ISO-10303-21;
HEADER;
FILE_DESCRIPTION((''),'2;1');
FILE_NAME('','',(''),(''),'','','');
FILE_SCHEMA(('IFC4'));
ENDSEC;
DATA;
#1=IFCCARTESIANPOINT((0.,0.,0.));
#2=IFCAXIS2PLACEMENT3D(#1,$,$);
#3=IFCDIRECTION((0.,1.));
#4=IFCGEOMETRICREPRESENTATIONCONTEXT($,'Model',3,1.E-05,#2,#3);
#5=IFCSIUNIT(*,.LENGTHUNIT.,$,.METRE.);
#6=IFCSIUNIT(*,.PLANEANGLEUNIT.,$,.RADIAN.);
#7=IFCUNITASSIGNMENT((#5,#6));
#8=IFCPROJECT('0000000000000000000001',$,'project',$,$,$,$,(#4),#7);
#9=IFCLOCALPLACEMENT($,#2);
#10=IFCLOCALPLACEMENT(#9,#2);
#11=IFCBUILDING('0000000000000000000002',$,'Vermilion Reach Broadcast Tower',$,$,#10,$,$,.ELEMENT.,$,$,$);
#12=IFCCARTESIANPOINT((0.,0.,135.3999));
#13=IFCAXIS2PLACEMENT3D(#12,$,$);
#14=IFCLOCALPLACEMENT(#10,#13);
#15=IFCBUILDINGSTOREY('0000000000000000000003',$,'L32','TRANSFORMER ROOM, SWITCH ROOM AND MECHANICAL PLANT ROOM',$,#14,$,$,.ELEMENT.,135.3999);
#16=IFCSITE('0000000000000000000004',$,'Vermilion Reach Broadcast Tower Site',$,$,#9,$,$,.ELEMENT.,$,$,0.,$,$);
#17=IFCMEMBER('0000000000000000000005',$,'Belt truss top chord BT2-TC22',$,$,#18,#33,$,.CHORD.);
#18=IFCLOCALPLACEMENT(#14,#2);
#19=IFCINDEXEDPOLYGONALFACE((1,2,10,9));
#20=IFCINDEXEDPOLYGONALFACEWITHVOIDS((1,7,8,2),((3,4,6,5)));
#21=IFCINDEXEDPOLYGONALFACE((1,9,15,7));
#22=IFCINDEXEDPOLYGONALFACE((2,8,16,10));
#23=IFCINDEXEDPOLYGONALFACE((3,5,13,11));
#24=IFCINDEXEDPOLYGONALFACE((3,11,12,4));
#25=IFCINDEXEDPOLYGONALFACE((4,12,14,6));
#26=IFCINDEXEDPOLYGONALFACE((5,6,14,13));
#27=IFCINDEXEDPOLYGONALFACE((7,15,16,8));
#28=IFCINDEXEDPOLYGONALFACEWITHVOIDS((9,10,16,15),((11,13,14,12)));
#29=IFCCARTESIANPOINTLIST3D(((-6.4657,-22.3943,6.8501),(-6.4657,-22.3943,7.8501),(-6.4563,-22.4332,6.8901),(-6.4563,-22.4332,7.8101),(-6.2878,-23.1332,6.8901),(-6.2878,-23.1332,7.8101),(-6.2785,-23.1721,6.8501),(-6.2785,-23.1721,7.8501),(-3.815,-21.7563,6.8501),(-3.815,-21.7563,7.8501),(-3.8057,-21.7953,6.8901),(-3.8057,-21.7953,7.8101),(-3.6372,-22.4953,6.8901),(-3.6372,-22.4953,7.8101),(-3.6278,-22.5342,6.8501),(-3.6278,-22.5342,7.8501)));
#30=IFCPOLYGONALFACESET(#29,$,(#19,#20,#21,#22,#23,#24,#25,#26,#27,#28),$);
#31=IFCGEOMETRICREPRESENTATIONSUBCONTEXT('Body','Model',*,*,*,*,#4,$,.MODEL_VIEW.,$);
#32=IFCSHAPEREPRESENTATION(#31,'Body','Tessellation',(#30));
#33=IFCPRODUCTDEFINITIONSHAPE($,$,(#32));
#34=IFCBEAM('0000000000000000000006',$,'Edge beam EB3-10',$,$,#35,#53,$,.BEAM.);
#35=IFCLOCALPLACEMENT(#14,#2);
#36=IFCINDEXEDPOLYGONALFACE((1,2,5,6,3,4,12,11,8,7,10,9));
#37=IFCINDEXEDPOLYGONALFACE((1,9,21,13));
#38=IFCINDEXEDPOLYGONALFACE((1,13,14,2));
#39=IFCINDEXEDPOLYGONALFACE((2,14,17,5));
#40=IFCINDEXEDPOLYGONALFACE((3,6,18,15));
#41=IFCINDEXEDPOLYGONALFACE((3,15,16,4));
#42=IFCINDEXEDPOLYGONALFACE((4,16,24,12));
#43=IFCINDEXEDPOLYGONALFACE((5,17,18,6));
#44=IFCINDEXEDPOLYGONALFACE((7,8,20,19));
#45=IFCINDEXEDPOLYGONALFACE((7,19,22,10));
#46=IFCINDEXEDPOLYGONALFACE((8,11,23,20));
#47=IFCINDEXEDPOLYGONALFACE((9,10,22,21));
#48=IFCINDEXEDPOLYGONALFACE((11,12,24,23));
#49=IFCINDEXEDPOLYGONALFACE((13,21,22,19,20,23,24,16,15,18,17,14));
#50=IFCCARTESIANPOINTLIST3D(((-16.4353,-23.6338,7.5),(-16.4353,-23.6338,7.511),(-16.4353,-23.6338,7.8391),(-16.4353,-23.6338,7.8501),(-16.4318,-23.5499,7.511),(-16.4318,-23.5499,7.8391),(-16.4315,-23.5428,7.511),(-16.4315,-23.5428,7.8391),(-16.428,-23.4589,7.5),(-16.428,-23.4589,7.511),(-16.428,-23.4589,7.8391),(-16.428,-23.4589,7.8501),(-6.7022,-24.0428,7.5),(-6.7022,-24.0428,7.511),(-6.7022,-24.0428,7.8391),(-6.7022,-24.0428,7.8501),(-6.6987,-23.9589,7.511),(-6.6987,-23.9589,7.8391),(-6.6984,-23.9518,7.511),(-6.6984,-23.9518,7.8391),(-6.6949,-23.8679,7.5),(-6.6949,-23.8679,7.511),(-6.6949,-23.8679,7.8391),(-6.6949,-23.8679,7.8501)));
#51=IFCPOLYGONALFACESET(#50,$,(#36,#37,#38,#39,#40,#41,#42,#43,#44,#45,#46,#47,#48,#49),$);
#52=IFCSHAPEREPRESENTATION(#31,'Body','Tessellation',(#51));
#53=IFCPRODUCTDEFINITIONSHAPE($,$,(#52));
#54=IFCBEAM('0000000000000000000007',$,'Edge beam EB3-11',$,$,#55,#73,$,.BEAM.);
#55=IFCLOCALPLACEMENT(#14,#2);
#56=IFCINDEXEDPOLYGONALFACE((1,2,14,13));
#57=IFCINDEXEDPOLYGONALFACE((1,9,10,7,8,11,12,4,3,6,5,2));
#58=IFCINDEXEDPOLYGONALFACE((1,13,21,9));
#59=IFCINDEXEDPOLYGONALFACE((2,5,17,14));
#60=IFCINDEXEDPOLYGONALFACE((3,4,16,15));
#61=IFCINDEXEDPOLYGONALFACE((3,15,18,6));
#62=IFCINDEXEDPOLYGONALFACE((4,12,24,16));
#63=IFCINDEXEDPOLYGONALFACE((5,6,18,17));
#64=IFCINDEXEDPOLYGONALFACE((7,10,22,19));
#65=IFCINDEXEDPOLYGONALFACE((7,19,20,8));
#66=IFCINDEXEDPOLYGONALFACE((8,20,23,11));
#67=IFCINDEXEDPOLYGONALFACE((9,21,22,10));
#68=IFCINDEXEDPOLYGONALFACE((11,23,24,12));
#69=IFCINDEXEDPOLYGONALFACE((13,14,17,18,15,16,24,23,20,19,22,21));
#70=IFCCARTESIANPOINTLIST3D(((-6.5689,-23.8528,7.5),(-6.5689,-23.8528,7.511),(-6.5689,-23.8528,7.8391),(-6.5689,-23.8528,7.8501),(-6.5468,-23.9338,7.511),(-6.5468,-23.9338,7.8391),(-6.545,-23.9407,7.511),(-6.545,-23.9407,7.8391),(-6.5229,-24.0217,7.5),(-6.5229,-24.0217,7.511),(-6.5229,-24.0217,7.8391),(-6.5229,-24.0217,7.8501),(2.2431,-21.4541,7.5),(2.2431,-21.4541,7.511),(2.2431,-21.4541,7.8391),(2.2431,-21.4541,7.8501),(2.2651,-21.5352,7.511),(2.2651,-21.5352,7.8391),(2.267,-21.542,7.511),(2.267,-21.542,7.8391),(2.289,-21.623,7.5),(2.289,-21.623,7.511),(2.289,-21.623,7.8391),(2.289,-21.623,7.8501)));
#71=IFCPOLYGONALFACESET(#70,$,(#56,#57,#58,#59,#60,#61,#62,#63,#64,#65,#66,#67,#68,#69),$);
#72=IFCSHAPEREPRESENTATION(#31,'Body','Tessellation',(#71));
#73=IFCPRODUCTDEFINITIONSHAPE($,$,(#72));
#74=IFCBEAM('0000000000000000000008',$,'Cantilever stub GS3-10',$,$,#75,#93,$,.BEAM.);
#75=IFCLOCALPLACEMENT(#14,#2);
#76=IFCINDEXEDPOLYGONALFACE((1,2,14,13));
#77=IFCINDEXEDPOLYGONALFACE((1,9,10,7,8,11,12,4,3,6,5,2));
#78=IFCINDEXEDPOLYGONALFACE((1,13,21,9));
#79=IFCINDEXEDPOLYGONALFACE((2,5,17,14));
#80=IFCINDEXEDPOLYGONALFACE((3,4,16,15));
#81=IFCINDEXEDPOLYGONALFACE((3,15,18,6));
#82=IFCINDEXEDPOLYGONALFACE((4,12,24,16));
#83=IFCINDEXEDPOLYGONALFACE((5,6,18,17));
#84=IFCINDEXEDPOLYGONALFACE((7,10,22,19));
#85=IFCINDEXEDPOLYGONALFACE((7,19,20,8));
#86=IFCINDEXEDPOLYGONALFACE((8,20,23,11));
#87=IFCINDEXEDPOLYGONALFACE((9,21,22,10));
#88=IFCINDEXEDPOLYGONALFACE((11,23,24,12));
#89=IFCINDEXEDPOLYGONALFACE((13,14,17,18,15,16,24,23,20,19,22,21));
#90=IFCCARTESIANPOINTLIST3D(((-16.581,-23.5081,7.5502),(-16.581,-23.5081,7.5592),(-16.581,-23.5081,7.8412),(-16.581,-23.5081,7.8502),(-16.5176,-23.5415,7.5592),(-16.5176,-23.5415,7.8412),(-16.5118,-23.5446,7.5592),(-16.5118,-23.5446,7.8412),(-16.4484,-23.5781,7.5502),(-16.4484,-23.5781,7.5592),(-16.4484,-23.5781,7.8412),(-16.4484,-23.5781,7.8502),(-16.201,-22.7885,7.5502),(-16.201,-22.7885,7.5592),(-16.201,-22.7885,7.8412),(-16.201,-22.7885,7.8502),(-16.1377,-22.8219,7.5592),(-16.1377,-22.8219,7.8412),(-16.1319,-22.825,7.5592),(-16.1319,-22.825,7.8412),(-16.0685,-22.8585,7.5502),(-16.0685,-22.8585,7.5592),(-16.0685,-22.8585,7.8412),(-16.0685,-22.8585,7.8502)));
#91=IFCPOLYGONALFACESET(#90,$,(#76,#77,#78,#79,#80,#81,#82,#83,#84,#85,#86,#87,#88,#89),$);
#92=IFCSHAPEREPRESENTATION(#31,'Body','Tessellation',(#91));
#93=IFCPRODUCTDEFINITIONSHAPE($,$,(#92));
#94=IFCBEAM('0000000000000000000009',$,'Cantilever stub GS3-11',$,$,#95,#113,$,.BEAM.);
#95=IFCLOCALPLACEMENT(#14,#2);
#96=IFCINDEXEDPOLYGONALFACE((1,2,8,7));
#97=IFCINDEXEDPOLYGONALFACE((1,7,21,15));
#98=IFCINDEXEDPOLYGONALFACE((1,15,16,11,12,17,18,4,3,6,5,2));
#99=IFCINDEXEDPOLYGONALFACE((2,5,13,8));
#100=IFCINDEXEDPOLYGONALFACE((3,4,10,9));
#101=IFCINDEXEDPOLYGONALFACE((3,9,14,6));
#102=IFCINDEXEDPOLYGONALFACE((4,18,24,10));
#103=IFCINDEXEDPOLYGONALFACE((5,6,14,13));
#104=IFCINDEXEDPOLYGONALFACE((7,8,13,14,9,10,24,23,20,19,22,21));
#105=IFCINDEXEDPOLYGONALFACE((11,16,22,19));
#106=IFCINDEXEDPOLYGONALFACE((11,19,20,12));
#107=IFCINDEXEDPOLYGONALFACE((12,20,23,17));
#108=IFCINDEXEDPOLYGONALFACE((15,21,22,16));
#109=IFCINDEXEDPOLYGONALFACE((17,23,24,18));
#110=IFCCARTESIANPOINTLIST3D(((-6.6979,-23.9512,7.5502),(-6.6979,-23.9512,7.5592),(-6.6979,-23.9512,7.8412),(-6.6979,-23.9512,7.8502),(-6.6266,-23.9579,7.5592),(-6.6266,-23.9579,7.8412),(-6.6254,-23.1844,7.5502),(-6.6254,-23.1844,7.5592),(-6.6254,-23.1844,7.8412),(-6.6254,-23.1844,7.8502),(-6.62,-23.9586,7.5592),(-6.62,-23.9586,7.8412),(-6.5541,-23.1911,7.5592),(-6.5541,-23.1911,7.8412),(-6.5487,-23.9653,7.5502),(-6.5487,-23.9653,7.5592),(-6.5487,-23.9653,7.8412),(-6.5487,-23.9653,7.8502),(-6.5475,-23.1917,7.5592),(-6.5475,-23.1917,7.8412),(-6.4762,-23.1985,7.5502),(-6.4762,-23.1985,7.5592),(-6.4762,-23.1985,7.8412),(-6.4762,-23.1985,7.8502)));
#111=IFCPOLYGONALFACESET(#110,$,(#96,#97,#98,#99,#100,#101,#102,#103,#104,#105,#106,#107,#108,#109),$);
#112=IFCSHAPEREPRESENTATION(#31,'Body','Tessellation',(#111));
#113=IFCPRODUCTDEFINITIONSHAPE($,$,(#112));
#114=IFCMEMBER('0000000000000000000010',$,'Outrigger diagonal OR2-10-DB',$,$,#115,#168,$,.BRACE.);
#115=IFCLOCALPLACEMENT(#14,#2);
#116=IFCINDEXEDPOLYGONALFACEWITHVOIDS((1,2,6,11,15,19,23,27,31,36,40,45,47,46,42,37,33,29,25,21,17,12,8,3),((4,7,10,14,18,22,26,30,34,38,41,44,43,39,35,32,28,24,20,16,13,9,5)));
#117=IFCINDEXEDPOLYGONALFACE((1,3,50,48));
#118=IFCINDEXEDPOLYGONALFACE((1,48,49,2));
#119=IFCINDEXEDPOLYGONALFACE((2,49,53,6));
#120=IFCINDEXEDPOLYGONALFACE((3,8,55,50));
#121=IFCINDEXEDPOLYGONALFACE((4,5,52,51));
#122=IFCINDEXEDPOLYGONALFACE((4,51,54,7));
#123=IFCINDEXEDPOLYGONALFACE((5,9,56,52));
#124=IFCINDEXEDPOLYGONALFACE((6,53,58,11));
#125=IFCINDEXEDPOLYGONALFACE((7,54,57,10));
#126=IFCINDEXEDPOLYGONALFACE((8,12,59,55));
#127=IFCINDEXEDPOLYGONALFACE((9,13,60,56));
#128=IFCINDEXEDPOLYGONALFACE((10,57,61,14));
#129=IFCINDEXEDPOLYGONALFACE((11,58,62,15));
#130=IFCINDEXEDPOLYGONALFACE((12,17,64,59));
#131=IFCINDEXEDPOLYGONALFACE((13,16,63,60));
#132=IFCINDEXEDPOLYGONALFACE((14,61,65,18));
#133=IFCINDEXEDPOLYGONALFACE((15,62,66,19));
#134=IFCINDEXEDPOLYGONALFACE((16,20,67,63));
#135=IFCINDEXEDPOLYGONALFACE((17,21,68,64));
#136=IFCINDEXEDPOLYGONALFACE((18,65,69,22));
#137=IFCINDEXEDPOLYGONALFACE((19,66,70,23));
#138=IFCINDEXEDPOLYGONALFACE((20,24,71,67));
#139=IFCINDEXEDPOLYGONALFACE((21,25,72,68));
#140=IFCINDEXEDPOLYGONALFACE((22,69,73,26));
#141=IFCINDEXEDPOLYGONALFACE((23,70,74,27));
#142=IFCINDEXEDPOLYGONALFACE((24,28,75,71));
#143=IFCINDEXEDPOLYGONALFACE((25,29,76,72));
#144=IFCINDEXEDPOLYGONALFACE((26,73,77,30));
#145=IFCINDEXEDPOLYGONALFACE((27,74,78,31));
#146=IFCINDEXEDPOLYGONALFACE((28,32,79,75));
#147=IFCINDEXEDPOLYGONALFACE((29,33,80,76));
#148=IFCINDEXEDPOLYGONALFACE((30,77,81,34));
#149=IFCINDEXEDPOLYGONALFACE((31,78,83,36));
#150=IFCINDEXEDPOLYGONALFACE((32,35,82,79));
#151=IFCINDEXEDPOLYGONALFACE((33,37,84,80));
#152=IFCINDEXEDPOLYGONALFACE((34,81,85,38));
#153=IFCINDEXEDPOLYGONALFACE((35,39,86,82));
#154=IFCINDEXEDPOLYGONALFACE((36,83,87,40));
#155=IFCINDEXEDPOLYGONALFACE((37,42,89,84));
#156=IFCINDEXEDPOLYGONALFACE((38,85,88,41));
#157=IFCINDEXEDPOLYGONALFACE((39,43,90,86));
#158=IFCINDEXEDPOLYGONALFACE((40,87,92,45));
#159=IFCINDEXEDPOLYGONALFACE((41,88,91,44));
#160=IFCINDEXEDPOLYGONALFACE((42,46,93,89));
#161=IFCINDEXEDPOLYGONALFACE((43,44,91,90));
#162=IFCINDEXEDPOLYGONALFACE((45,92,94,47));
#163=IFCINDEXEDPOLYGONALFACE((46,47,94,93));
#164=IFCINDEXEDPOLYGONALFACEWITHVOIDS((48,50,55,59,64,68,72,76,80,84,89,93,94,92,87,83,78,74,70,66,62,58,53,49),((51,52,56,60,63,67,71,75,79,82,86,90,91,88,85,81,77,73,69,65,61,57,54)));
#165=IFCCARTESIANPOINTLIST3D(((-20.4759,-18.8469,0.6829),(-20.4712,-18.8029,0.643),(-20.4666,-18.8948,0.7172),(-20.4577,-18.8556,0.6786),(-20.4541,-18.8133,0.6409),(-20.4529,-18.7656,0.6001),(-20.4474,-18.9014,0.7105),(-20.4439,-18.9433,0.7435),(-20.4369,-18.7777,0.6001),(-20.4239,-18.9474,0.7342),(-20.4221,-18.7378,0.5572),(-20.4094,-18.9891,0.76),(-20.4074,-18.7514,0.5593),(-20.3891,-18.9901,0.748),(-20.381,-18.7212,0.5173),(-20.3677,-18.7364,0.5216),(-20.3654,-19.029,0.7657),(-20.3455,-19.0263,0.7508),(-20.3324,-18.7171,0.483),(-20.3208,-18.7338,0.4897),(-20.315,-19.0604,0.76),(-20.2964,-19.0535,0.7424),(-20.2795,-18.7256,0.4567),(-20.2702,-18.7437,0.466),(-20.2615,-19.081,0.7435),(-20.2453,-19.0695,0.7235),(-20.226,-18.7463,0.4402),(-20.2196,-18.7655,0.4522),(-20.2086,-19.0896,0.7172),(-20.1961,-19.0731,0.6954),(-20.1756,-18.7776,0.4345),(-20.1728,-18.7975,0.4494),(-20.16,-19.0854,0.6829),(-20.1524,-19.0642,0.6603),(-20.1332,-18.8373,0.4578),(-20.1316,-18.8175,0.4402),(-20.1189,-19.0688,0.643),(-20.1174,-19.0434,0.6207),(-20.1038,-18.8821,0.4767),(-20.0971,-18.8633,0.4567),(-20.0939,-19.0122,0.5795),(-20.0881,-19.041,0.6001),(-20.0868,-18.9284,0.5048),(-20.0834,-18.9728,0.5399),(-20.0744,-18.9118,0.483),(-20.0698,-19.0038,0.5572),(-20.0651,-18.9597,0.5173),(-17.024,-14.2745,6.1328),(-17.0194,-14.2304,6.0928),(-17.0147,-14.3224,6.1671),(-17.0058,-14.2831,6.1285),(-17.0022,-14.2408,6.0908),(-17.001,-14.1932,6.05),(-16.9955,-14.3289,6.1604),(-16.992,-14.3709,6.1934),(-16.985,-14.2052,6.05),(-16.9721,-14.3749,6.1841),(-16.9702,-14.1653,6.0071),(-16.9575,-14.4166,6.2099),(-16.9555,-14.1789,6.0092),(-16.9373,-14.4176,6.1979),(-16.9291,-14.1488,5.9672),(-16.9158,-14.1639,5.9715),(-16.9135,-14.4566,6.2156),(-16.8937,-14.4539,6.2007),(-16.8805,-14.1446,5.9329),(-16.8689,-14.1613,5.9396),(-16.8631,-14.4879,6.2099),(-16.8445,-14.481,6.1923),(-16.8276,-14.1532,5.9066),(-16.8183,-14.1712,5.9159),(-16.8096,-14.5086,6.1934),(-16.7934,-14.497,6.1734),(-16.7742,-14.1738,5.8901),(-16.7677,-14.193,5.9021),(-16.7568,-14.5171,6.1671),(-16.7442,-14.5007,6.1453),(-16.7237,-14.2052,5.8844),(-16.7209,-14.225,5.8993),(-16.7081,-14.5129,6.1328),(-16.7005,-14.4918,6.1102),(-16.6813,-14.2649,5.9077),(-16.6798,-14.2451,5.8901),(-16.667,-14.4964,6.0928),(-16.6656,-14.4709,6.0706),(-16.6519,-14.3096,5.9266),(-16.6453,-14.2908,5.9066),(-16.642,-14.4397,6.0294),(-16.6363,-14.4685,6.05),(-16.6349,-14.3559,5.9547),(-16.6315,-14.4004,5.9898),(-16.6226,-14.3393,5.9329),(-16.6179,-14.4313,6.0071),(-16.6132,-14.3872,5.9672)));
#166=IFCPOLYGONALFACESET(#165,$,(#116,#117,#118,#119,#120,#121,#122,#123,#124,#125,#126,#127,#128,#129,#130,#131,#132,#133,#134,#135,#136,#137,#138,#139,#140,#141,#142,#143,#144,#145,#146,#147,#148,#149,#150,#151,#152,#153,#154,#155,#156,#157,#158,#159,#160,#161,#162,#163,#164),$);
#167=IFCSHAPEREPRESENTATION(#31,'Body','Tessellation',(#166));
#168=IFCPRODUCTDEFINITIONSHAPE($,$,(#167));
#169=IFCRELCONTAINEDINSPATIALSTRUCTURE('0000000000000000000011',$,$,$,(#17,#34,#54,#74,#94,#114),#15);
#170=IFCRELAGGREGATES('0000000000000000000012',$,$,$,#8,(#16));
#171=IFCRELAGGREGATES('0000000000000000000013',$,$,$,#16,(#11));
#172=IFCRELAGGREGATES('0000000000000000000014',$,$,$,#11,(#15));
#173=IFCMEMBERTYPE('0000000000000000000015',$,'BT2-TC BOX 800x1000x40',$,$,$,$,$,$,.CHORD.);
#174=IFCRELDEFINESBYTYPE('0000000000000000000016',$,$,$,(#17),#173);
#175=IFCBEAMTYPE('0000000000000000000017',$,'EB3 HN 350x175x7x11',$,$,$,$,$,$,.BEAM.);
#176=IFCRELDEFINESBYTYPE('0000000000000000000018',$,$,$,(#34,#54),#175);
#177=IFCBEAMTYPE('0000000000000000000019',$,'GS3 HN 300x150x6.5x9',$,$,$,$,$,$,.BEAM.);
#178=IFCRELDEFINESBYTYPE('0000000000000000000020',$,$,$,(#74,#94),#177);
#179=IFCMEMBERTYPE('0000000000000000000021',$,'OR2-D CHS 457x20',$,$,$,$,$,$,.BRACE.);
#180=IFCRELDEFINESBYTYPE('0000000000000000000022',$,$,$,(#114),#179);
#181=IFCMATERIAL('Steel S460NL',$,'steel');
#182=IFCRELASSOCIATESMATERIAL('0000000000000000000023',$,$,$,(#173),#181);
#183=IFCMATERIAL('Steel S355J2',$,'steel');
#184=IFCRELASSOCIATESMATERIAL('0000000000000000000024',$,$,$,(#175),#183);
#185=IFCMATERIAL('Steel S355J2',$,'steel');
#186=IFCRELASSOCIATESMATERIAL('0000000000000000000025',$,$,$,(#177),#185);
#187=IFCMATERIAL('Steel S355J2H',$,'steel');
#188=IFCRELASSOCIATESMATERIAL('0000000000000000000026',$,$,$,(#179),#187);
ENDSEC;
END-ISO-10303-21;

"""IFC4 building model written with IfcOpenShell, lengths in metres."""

from ifc_helpers import new_model, si_unit, direction, frame, origin, origin_2d, place, context, subcontext, project, spatial, hollow_rectangle, hollow_circle, i_section, extrude, material, material_profile, profile_set, type_object, element, save


model = new_model("IFC4")

# Units and contexts
model_context = context("Model", 3, precision=1e-05, world=origin(), true_north=direction((0.0, 1.0)))
body_context = subcontext(model_context, "Body", "Model", "MODEL_VIEW")
ifc_project = project(units=[si_unit("LENGTHUNIT", "METRE"), si_unit("PLANEANGLEUNIT", "RADIAN")], contexts=[model_context])

# Site, building, storey
site_placement = place(None, origin())
site = spatial("IfcSite", under=ifc_project, at=site_placement, Name="Vermilion Reach Broadcast Tower Site", CompositionType="ELEMENT", RefElevation=0.0)
building_placement = place(site_placement, origin())
building = spatial("IfcBuilding", under=site, at=building_placement, Name="Vermilion Reach Broadcast Tower", CompositionType="ELEMENT")
storey_placement = place(building_placement, frame((0.0, 0.0, 135.3999)))
storey = spatial("IfcBuildingStorey", under=building, at=storey_placement, Name="L32", Description="TRANSFORMER ROOM, SWITCH ROOM AND MECHANICAL PLANT ROOM", CompositionType="ELEMENT", Elevation=135.3999)

# Member
ifc_material_1 = material(Name="Steel S460NL", Category="steel")
ifc_material_profile_1 = material_profile(ifc_material_1, hollow_rectangle(XDim=0.8, YDim=1.0, WallThickness=0.04, at=origin_2d()), Name="S460NL BOX 800x1000x40")
ifc_profile_set_1 = profile_set([ifc_material_profile_1], Name="Steel S460NL")
member_type_1 = type_object("IfcMemberType", Name="BT2-TC BOX 800x1000x40", PredefinedType="CHORD", material=ifc_profile_set_1)
member_1_placement = place(storey_placement, frame((-6.3721, -22.7832, 7.3501), z_axis=(0.972238, 0.233993, 0.0), x_axis=(-0.233993, 0.972238, 0.0)))
element("IfcMember", 1, at=member_1_placement, inside=storey, type_object=member_type_1, Name="Belt truss top chord BT2-TC22", PredefinedType="CHORD", context=body_context, shape_type="SweptSolid", body=[
    extrude(hollow_rectangle(XDim=0.8, YDim=1.0, WallThickness=0.04, at=origin_2d()), origin(), (0.0, 0.0, 1.0), 2.7263),
])

# Beams
ifc_material_2 = material(Name="Steel S355J2", Category="steel")
ifc_material_profile_2 = material_profile(ifc_material_2, i_section(OverallWidth=0.175, OverallDepth=0.3501, WebThickness=0.0071, FlangeThickness=0.011, at=origin_2d()), Name="S355J2 HN 350x175x7x11")
ifc_profile_set_2 = profile_set([ifc_material_profile_2], Name="Steel S355J2")
beam_type_1 = type_object("IfcBeamType", Name="EB3 HN 350x175x7x11", PredefinedType="BEAM", material=ifc_profile_set_2)
beam_1_placement = place(storey_placement, frame((-16.4316, -23.5464, 7.675), z_axis=(0.999119, -0.041978, 0.0), x_axis=(0.041978, 0.999119, 0.0)))
element("IfcBeam", 2, at=beam_1_placement, inside=storey, type_object=beam_type_1, Name="Edge beam EB3-10", PredefinedType="BEAM", context=body_context, shape_type="SweptSolid", body=[
    extrude(i_section(OverallWidth=0.175, OverallDepth=0.3501, WebThickness=0.0071, FlangeThickness=0.011, at=origin_2d()), origin(), (0.0, 0.0, 1.0), 9.7417),
])
beam_2_placement = place(storey_placement, frame((-6.5459, -23.9373, 7.675), z_axis=(0.964891, 0.262649, 0.0), x_axis=(-0.262649, 0.964891, 0.0)))
element("IfcBeam", 3, at=beam_2_placement, inside=storey, type_object=beam_type_1, Name="Edge beam EB3-11", PredefinedType="BEAM", context=body_context, shape_type="SweptSolid", body=[
    extrude(i_section(OverallWidth=0.175, OverallDepth=0.3501, WebThickness=0.0071, FlangeThickness=0.011, at=origin_2d()), origin(), (0.0, 0.0, 1.0), 9.1326),
])
ifc_material_3 = material(Name="Steel S355J2", Category="steel")
ifc_material_profile_3 = material_profile(ifc_material_3, i_section(OverallWidth=0.1499, OverallDepth=0.3, WebThickness=0.0066, FlangeThickness=0.009, at=origin_2d()), Name="S355J2 HN 300x150x6.5x9")
ifc_profile_set_3 = profile_set([ifc_material_profile_3], Name="Steel S355J2")
beam_type_2 = type_object("IfcBeamType", Name="GS3 HN 300x150x6.5x9", PredefinedType="BEAM", material=ifc_profile_set_3)
beam_3_placement = place(storey_placement, frame((-16.1348, -22.8235, 7.7002), z_axis=(-0.466909, -0.884306, 0.0), x_axis=(0.884306, -0.466909, 0.0)))
element("IfcBeam", 4, at=beam_3_placement, inside=storey, type_object=beam_type_2, Name="Cantilever stub GS3-10", PredefinedType="BEAM", context=body_context, shape_type="SweptSolid", body=[
    extrude(i_section(OverallWidth=0.1499, OverallDepth=0.3, WebThickness=0.0066, FlangeThickness=0.009, at=origin_2d()), origin(), (0.0, 0.0, 1.0), 0.8137),
])
beam_4_placement = place(storey_placement, frame((-6.5508, -23.1914, 7.7002), z_axis=(-0.094136, -0.995559, 0.0), x_axis=(0.995559, -0.094136, 0.0)))
element("IfcBeam", 5, at=beam_4_placement, inside=storey, type_object=beam_type_2, Name="Cantilever stub GS3-11", PredefinedType="BEAM", context=body_context, shape_type="SweptSolid", body=[
    extrude(i_section(OverallWidth=0.1499, OverallDepth=0.3, WebThickness=0.0066, FlangeThickness=0.009, at=origin_2d()), origin(), (0.0, 0.0, 1.0), 0.7703),
])

# Member
ifc_material_4 = material(Name="Steel S355J2H", Category="steel")
ifc_material_profile_4 = material_profile(ifc_material_4, hollow_circle(Radius=0.2285, WallThickness=0.02, at=origin_2d()), Name="S355J2H CHS 457x20")
ifc_profile_set_4 = profile_set([ifc_material_profile_4], Name="Steel S355J2H")
member_type_2 = type_object("IfcMemberType", Name="OR2-D CHS 457x20", PredefinedType="BRACE", material=ifc_profile_set_4)
member_2_placement = place(storey_placement, frame((-20.2705, -18.9033, 0.6001), z_axis=(0.436546, 0.578264, 0.68923), x_axis=(-0.798109, 0.602513, 0.0)))
element("IfcMember", 6, at=member_2_placement, inside=storey, type_object=member_type_2, Name="Outrigger diagonal OR2-10-DB", PredefinedType="BRACE", context=body_context, shape_type="SweptSolid", body=[
    extrude(hollow_circle(Radius=0.2285, WallThickness=0.02, at=origin_2d()), origin(), (0.0, 0.0, 1.0), 7.9072),
])

save(model, "model.ifc")
